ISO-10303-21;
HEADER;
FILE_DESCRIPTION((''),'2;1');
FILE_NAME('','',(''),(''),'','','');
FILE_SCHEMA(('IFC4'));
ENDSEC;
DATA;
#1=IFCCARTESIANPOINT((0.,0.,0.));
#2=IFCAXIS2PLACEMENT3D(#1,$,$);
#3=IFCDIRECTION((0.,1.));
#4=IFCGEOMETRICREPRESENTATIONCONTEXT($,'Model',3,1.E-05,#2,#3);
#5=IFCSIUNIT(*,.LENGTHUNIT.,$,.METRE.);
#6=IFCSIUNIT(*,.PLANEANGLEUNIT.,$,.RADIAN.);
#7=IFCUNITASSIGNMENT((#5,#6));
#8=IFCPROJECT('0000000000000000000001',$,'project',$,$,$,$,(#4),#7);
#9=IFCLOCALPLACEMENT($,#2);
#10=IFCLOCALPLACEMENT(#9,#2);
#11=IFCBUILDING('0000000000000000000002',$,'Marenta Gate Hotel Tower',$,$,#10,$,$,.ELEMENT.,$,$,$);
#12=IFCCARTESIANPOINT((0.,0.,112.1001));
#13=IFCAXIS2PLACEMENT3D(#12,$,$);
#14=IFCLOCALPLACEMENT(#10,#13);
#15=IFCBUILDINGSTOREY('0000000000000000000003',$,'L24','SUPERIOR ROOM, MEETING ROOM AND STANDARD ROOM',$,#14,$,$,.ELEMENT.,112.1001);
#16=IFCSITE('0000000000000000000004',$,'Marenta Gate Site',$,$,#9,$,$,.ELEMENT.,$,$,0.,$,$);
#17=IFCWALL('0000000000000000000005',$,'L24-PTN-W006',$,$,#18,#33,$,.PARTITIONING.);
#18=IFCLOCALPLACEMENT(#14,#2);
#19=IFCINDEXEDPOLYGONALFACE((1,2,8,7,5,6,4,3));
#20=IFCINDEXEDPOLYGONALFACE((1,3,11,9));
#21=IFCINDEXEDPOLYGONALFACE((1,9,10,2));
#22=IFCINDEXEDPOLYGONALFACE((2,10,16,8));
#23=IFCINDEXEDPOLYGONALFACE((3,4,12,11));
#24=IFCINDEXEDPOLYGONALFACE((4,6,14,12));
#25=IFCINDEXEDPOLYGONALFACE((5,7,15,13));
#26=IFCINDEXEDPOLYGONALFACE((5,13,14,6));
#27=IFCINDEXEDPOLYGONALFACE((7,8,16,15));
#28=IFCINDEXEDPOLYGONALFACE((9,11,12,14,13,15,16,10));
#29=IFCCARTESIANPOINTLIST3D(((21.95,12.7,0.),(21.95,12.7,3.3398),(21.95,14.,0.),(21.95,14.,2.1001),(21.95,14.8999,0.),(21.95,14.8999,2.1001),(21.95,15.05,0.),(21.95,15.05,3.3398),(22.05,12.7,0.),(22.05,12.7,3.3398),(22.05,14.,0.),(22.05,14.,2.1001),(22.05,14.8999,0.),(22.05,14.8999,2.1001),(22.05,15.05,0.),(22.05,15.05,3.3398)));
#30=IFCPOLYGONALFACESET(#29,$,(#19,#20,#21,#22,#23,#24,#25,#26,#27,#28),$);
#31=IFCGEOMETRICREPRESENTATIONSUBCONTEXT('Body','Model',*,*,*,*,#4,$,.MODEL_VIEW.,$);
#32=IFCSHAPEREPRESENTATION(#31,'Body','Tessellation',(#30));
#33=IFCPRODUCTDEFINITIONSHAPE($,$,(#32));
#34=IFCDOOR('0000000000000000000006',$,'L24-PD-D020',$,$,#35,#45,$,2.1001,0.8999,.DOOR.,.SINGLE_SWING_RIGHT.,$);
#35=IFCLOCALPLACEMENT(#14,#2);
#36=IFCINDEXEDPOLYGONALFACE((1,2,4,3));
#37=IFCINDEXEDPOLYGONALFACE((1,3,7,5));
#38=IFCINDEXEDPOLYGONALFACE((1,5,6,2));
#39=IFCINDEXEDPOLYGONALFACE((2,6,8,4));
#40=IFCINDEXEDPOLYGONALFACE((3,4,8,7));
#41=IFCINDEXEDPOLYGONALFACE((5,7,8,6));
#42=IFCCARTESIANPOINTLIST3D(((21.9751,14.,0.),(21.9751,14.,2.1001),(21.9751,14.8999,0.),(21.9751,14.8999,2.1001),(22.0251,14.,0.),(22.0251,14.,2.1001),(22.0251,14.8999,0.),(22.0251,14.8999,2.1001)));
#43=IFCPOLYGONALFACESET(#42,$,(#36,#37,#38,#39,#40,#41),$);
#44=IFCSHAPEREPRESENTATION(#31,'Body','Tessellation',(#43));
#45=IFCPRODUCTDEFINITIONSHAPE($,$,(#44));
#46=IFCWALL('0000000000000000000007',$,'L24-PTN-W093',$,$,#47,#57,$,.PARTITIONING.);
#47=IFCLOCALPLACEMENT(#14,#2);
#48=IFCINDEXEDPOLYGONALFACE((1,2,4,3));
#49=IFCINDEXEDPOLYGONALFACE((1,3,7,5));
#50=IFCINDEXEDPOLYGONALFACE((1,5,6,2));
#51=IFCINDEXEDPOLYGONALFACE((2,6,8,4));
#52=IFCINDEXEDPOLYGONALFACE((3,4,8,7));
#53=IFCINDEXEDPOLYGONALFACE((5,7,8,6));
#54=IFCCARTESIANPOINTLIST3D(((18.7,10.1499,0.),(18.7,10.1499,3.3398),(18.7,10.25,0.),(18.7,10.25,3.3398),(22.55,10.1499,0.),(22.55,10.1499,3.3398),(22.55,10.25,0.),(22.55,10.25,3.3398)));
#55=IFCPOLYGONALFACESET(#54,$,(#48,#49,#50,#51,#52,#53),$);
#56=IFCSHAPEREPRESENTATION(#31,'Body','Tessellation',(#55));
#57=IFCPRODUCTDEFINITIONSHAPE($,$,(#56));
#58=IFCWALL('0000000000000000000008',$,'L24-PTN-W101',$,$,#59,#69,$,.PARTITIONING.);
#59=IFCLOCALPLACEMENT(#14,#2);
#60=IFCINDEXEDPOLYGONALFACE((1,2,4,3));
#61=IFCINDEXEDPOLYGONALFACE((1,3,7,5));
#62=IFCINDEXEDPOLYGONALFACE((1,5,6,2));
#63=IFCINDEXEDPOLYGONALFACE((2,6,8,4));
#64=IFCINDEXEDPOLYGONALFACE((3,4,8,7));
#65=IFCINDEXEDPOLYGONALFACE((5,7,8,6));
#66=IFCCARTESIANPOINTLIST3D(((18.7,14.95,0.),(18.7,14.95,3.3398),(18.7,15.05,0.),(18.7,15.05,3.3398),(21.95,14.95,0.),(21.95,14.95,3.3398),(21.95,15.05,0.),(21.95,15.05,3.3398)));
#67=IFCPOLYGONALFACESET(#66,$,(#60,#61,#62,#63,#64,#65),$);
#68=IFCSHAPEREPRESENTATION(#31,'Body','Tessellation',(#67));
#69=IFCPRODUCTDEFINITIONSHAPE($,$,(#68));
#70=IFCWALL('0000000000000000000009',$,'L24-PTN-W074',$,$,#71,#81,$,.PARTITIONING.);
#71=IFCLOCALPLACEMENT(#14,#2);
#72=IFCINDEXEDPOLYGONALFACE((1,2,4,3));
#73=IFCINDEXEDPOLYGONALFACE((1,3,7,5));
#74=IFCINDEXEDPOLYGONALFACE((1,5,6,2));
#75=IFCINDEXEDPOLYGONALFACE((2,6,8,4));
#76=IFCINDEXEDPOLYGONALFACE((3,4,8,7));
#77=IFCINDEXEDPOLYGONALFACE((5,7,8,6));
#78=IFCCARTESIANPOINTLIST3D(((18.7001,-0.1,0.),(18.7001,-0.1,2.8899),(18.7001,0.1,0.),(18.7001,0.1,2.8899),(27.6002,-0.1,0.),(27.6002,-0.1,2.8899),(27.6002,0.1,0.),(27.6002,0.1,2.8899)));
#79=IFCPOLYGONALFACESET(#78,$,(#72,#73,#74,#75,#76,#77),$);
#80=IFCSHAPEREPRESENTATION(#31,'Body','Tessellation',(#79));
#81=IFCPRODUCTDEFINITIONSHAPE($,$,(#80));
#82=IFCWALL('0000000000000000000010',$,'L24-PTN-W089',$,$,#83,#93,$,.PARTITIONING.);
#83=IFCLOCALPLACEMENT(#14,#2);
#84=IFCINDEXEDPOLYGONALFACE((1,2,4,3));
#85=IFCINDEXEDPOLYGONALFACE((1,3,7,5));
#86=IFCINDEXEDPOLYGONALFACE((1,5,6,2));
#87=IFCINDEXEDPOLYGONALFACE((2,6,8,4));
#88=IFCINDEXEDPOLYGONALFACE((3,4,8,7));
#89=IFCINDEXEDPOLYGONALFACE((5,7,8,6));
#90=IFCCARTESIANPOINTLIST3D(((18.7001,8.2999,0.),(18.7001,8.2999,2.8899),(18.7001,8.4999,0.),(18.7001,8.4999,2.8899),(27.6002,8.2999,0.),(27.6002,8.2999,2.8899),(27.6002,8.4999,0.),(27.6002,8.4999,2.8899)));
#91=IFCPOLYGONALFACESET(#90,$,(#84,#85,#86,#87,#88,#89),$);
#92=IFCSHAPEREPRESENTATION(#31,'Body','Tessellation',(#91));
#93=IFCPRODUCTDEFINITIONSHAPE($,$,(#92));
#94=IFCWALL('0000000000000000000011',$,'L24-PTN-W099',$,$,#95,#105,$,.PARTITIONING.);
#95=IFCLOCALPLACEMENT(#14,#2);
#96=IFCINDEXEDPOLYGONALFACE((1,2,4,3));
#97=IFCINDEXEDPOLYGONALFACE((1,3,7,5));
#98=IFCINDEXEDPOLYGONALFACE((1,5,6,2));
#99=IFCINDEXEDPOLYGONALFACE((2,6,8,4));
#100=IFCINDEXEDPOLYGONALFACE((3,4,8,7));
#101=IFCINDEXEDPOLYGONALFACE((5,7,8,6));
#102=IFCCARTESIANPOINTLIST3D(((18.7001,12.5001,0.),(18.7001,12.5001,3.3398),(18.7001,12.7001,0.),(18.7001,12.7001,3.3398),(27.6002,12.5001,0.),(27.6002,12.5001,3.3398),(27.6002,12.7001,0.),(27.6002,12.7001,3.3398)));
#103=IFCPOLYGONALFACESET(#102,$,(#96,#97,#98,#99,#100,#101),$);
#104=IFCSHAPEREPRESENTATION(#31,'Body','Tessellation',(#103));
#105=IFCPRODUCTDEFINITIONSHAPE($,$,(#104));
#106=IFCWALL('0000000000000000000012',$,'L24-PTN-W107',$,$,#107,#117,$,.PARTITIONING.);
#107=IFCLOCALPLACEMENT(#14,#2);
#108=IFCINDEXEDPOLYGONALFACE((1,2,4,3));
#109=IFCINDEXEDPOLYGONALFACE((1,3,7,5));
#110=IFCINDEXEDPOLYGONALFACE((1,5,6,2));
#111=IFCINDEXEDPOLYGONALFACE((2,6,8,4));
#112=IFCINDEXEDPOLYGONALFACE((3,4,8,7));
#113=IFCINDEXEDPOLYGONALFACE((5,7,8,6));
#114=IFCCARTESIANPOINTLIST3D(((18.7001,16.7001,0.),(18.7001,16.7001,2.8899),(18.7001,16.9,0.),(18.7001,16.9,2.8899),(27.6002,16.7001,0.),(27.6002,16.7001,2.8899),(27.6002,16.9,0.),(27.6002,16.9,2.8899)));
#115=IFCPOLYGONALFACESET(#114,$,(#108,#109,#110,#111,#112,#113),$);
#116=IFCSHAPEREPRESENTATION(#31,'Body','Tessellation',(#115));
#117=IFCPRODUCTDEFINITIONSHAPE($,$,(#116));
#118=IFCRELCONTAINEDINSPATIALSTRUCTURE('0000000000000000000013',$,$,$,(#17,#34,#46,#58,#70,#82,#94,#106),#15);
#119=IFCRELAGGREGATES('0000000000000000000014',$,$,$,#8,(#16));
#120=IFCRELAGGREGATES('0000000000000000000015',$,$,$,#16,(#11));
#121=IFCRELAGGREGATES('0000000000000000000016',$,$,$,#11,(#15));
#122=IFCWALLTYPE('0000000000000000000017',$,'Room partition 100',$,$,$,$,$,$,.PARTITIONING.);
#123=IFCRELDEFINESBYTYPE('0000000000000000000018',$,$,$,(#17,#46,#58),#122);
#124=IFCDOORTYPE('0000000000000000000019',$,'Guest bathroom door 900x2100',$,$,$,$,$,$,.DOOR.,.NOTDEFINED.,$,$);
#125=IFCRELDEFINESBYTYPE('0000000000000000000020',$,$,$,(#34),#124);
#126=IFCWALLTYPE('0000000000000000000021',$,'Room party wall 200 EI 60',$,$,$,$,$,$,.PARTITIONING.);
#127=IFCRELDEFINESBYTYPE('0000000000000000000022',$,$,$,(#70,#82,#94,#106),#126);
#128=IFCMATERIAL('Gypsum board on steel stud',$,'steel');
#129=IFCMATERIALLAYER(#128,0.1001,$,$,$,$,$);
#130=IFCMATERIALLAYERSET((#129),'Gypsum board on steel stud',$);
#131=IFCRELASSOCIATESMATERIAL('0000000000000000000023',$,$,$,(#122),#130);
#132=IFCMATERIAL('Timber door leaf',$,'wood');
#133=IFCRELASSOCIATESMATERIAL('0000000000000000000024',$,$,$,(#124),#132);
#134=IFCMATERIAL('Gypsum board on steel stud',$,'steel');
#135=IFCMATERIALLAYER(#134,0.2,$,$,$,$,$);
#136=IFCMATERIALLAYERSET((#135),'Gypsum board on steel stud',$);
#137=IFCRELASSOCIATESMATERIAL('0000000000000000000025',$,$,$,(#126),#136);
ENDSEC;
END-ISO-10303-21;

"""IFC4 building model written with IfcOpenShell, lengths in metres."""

from ifc_helpers import new_model, si_unit, direction, frame, frame_2d, origin, place, context, subcontext, project, spatial, rectangle, extrude, material, layer, layer_set, type_object, element, fill, save


model = new_model("IFC4")

# Units and contexts
model_context = context("Model", 3, precision=1e-05, world=origin(), true_north=direction((0.0, 1.0)))
body_context = subcontext(model_context, "Body", "Model", "MODEL_VIEW")
ifc_project = project(units=[si_unit("LENGTHUNIT", "METRE"), si_unit("PLANEANGLEUNIT", "RADIAN")], contexts=[model_context])

# Site, building, storey
site_placement = place(None, origin())
site = spatial("IfcSite", under=ifc_project, at=site_placement, Name="Marenta Gate Site", CompositionType="ELEMENT", RefElevation=0.0)
building_placement = place(site_placement, origin())
building = spatial("IfcBuilding", under=site, at=building_placement, Name="Marenta Gate Hotel Tower", CompositionType="ELEMENT")
storey_placement = place(building_placement, frame((0.0, 0.0, 112.1001)))
storey = spatial("IfcBuildingStorey", under=building, at=storey_placement, Name="L24", Description="SUPERIOR ROOM, MEETING ROOM AND STANDARD ROOM", CompositionType="ELEMENT", Elevation=112.1001)

# Wall, opening, door
ifc_material_1 = material(Name="Gypsum board on steel stud", Category="steel")
ifc_layer_1 = layer(ifc_material_1, 0.1001)
ifc_layer_set_1 = layer_set([ifc_layer_1], Name="Gypsum board on steel stud")
wall_type_1 = type_object("IfcWallType", Name="Room partition 100", PredefinedType="PARTITIONING", material=ifc_layer_set_1)
ifc_material_2 = material(Name="Timber door leaf", Category="wood")
door_type = type_object("IfcDoorType", Name="Guest bathroom door 900x2100", OperationType="NOTDEFINED", PredefinedType="DOOR", material=ifc_material_2)
wall_1_placement = place(storey_placement, frame((22.0, 12.7, 0.0), z_axis=(0.0, 0.0, 1.0), x_axis=(0.0, 1.0, 0.0)))
wall_1 = element("IfcWall", 1, at=wall_1_placement, inside=storey, type_object=wall_type_1, Name="L24-PTN-W006", PredefinedType="PARTITIONING", context=body_context, shape_type="SweptSolid", body=[
    extrude(rectangle(XDim=2.3501, YDim=0.1001, at=frame_2d((1.175, 0.0))), origin(), (0.0, 0.0, 1.0), 3.3398),
])
opening_1_placement = place(wall_1_placement, frame((1.3, 0.0, 0.0)))
opening_1 = element("IfcOpeningElement", 2, at=opening_1_placement, cuts=wall_1, PredefinedType="OPENING", context=body_context, shape_type="SweptSolid", body=[
    extrude(rectangle(XDim=0.8999, YDim=2.1001, at=frame_2d((0.45, 1.05))), frame((0.0, 0.05, 0.0), z_axis=(0.0, -1.0, 0.0), x_axis=(1.0, 0.0, 0.0)), (0.0, 0.0, 1.0), 0.1001),
])
door_1_placement = place(opening_1_placement, origin())
door_1 = element("IfcDoor", 3, at=door_1_placement, inside=storey, type_object=door_type, Name="L24-PD-D020", OperationType="SINGLE_SWING_RIGHT", OverallHeight=2.1001, OverallWidth=0.8999, PredefinedType="DOOR", context=body_context, shape_type="SweptSolid", body=[
    extrude(rectangle(XDim=0.8999, YDim=2.1001, at=frame_2d((0.45, 1.05))), frame((0.0, 0.0249, 0.0), z_axis=(0.0, -1.0, 0.0), x_axis=(1.0, 0.0, 0.0)), (0.0, 0.0, 1.0), 0.05),
])
fill(opening_1, door_1)

# Walls
wall_2_placement = place(storey_placement, frame((18.7, 10.2, 0.0), z_axis=(0.0, 0.0, 1.0), x_axis=(1.0, 0.0, 0.0)))
element("IfcWall", 4, at=wall_2_placement, inside=storey, type_object=wall_type_1, Name="L24-PTN-W093", PredefinedType="PARTITIONING", context=body_context, shape_type="SweptSolid", body=[
    extrude(rectangle(XDim=3.8501, YDim=0.1001, at=frame_2d((1.925, 0.0))), origin(), (0.0, 0.0, 1.0), 3.3398),
])
wall_3_placement = place(storey_placement, frame((18.7, 15.0, 0.0), z_axis=(0.0, 0.0, 1.0), x_axis=(1.0, 0.0, 0.0)))
element("IfcWall", 5, at=wall_3_placement, inside=storey, type_object=wall_type_1, Name="L24-PTN-W101", PredefinedType="PARTITIONING", context=body_context, shape_type="SweptSolid", body=[
    extrude(rectangle(XDim=3.25, YDim=0.1001, at=frame_2d((1.625, 0.0))), origin(), (0.0, 0.0, 1.0), 3.3398),
])
ifc_material_3 = material(Name="Gypsum board on steel stud", Category="steel")
ifc_layer_2 = layer(ifc_material_3, 0.2)
ifc_layer_set_2 = layer_set([ifc_layer_2], Name="Gypsum board on steel stud")
wall_type_2 = type_object("IfcWallType", Name="Room party wall 200 EI 60", PredefinedType="PARTITIONING", material=ifc_layer_set_2)
for number, where, z_axis, x_axis, name in (
    (6, (18.7, 0.0, 0.0), (0.0, 0.0, 1.0), (1.0, 0.0, 0.0), "L24-PTN-W074"),
    (7, (18.7, 8.3999, 0.0), (0.0, 0.0, 1.0), (1.0, 0.0, 0.0), "L24-PTN-W089"),
):
    element("IfcWall", number, at=place(storey_placement, frame(where, z_axis=z_axis, x_axis=x_axis)), inside=storey, type_object=wall_type_2, Name=name, PredefinedType="PARTITIONING", context=body_context, shape_type="SweptSolid", body=[
        extrude(rectangle(XDim=8.9001, YDim=0.2, at=frame_2d((4.4502, 0.0))), origin(), (0.0, 0.0, 1.0), 2.8899),
    ])
wall_4_placement = place(storey_placement, frame((18.7, 12.6001, 0.0), z_axis=(0.0, 0.0, 1.0), x_axis=(1.0, 0.0, 0.0)))
element("IfcWall", 8, at=wall_4_placement, inside=storey, type_object=wall_type_2, Name="L24-PTN-W099", PredefinedType="PARTITIONING", context=body_context, shape_type="SweptSolid", body=[
    extrude(rectangle(XDim=8.9001, YDim=0.2, at=frame_2d((4.4502, 0.0))), origin(), (0.0, 0.0, 1.0), 3.3398),
])
wall_5_placement = place(storey_placement, frame((18.7, 16.8, 0.0), z_axis=(0.0, 0.0, 1.0), x_axis=(1.0, 0.0, 0.0)))
element("IfcWall", 9, at=wall_5_placement, inside=storey, type_object=wall_type_2, Name="L24-PTN-W107", PredefinedType="PARTITIONING", context=body_context, shape_type="SweptSolid", body=[
    extrude(rectangle(XDim=8.9001, YDim=0.2, at=frame_2d((4.4502, 0.0))), origin(), (0.0, 0.0, 1.0), 2.8899),
])

save(model, "model.ifc")
